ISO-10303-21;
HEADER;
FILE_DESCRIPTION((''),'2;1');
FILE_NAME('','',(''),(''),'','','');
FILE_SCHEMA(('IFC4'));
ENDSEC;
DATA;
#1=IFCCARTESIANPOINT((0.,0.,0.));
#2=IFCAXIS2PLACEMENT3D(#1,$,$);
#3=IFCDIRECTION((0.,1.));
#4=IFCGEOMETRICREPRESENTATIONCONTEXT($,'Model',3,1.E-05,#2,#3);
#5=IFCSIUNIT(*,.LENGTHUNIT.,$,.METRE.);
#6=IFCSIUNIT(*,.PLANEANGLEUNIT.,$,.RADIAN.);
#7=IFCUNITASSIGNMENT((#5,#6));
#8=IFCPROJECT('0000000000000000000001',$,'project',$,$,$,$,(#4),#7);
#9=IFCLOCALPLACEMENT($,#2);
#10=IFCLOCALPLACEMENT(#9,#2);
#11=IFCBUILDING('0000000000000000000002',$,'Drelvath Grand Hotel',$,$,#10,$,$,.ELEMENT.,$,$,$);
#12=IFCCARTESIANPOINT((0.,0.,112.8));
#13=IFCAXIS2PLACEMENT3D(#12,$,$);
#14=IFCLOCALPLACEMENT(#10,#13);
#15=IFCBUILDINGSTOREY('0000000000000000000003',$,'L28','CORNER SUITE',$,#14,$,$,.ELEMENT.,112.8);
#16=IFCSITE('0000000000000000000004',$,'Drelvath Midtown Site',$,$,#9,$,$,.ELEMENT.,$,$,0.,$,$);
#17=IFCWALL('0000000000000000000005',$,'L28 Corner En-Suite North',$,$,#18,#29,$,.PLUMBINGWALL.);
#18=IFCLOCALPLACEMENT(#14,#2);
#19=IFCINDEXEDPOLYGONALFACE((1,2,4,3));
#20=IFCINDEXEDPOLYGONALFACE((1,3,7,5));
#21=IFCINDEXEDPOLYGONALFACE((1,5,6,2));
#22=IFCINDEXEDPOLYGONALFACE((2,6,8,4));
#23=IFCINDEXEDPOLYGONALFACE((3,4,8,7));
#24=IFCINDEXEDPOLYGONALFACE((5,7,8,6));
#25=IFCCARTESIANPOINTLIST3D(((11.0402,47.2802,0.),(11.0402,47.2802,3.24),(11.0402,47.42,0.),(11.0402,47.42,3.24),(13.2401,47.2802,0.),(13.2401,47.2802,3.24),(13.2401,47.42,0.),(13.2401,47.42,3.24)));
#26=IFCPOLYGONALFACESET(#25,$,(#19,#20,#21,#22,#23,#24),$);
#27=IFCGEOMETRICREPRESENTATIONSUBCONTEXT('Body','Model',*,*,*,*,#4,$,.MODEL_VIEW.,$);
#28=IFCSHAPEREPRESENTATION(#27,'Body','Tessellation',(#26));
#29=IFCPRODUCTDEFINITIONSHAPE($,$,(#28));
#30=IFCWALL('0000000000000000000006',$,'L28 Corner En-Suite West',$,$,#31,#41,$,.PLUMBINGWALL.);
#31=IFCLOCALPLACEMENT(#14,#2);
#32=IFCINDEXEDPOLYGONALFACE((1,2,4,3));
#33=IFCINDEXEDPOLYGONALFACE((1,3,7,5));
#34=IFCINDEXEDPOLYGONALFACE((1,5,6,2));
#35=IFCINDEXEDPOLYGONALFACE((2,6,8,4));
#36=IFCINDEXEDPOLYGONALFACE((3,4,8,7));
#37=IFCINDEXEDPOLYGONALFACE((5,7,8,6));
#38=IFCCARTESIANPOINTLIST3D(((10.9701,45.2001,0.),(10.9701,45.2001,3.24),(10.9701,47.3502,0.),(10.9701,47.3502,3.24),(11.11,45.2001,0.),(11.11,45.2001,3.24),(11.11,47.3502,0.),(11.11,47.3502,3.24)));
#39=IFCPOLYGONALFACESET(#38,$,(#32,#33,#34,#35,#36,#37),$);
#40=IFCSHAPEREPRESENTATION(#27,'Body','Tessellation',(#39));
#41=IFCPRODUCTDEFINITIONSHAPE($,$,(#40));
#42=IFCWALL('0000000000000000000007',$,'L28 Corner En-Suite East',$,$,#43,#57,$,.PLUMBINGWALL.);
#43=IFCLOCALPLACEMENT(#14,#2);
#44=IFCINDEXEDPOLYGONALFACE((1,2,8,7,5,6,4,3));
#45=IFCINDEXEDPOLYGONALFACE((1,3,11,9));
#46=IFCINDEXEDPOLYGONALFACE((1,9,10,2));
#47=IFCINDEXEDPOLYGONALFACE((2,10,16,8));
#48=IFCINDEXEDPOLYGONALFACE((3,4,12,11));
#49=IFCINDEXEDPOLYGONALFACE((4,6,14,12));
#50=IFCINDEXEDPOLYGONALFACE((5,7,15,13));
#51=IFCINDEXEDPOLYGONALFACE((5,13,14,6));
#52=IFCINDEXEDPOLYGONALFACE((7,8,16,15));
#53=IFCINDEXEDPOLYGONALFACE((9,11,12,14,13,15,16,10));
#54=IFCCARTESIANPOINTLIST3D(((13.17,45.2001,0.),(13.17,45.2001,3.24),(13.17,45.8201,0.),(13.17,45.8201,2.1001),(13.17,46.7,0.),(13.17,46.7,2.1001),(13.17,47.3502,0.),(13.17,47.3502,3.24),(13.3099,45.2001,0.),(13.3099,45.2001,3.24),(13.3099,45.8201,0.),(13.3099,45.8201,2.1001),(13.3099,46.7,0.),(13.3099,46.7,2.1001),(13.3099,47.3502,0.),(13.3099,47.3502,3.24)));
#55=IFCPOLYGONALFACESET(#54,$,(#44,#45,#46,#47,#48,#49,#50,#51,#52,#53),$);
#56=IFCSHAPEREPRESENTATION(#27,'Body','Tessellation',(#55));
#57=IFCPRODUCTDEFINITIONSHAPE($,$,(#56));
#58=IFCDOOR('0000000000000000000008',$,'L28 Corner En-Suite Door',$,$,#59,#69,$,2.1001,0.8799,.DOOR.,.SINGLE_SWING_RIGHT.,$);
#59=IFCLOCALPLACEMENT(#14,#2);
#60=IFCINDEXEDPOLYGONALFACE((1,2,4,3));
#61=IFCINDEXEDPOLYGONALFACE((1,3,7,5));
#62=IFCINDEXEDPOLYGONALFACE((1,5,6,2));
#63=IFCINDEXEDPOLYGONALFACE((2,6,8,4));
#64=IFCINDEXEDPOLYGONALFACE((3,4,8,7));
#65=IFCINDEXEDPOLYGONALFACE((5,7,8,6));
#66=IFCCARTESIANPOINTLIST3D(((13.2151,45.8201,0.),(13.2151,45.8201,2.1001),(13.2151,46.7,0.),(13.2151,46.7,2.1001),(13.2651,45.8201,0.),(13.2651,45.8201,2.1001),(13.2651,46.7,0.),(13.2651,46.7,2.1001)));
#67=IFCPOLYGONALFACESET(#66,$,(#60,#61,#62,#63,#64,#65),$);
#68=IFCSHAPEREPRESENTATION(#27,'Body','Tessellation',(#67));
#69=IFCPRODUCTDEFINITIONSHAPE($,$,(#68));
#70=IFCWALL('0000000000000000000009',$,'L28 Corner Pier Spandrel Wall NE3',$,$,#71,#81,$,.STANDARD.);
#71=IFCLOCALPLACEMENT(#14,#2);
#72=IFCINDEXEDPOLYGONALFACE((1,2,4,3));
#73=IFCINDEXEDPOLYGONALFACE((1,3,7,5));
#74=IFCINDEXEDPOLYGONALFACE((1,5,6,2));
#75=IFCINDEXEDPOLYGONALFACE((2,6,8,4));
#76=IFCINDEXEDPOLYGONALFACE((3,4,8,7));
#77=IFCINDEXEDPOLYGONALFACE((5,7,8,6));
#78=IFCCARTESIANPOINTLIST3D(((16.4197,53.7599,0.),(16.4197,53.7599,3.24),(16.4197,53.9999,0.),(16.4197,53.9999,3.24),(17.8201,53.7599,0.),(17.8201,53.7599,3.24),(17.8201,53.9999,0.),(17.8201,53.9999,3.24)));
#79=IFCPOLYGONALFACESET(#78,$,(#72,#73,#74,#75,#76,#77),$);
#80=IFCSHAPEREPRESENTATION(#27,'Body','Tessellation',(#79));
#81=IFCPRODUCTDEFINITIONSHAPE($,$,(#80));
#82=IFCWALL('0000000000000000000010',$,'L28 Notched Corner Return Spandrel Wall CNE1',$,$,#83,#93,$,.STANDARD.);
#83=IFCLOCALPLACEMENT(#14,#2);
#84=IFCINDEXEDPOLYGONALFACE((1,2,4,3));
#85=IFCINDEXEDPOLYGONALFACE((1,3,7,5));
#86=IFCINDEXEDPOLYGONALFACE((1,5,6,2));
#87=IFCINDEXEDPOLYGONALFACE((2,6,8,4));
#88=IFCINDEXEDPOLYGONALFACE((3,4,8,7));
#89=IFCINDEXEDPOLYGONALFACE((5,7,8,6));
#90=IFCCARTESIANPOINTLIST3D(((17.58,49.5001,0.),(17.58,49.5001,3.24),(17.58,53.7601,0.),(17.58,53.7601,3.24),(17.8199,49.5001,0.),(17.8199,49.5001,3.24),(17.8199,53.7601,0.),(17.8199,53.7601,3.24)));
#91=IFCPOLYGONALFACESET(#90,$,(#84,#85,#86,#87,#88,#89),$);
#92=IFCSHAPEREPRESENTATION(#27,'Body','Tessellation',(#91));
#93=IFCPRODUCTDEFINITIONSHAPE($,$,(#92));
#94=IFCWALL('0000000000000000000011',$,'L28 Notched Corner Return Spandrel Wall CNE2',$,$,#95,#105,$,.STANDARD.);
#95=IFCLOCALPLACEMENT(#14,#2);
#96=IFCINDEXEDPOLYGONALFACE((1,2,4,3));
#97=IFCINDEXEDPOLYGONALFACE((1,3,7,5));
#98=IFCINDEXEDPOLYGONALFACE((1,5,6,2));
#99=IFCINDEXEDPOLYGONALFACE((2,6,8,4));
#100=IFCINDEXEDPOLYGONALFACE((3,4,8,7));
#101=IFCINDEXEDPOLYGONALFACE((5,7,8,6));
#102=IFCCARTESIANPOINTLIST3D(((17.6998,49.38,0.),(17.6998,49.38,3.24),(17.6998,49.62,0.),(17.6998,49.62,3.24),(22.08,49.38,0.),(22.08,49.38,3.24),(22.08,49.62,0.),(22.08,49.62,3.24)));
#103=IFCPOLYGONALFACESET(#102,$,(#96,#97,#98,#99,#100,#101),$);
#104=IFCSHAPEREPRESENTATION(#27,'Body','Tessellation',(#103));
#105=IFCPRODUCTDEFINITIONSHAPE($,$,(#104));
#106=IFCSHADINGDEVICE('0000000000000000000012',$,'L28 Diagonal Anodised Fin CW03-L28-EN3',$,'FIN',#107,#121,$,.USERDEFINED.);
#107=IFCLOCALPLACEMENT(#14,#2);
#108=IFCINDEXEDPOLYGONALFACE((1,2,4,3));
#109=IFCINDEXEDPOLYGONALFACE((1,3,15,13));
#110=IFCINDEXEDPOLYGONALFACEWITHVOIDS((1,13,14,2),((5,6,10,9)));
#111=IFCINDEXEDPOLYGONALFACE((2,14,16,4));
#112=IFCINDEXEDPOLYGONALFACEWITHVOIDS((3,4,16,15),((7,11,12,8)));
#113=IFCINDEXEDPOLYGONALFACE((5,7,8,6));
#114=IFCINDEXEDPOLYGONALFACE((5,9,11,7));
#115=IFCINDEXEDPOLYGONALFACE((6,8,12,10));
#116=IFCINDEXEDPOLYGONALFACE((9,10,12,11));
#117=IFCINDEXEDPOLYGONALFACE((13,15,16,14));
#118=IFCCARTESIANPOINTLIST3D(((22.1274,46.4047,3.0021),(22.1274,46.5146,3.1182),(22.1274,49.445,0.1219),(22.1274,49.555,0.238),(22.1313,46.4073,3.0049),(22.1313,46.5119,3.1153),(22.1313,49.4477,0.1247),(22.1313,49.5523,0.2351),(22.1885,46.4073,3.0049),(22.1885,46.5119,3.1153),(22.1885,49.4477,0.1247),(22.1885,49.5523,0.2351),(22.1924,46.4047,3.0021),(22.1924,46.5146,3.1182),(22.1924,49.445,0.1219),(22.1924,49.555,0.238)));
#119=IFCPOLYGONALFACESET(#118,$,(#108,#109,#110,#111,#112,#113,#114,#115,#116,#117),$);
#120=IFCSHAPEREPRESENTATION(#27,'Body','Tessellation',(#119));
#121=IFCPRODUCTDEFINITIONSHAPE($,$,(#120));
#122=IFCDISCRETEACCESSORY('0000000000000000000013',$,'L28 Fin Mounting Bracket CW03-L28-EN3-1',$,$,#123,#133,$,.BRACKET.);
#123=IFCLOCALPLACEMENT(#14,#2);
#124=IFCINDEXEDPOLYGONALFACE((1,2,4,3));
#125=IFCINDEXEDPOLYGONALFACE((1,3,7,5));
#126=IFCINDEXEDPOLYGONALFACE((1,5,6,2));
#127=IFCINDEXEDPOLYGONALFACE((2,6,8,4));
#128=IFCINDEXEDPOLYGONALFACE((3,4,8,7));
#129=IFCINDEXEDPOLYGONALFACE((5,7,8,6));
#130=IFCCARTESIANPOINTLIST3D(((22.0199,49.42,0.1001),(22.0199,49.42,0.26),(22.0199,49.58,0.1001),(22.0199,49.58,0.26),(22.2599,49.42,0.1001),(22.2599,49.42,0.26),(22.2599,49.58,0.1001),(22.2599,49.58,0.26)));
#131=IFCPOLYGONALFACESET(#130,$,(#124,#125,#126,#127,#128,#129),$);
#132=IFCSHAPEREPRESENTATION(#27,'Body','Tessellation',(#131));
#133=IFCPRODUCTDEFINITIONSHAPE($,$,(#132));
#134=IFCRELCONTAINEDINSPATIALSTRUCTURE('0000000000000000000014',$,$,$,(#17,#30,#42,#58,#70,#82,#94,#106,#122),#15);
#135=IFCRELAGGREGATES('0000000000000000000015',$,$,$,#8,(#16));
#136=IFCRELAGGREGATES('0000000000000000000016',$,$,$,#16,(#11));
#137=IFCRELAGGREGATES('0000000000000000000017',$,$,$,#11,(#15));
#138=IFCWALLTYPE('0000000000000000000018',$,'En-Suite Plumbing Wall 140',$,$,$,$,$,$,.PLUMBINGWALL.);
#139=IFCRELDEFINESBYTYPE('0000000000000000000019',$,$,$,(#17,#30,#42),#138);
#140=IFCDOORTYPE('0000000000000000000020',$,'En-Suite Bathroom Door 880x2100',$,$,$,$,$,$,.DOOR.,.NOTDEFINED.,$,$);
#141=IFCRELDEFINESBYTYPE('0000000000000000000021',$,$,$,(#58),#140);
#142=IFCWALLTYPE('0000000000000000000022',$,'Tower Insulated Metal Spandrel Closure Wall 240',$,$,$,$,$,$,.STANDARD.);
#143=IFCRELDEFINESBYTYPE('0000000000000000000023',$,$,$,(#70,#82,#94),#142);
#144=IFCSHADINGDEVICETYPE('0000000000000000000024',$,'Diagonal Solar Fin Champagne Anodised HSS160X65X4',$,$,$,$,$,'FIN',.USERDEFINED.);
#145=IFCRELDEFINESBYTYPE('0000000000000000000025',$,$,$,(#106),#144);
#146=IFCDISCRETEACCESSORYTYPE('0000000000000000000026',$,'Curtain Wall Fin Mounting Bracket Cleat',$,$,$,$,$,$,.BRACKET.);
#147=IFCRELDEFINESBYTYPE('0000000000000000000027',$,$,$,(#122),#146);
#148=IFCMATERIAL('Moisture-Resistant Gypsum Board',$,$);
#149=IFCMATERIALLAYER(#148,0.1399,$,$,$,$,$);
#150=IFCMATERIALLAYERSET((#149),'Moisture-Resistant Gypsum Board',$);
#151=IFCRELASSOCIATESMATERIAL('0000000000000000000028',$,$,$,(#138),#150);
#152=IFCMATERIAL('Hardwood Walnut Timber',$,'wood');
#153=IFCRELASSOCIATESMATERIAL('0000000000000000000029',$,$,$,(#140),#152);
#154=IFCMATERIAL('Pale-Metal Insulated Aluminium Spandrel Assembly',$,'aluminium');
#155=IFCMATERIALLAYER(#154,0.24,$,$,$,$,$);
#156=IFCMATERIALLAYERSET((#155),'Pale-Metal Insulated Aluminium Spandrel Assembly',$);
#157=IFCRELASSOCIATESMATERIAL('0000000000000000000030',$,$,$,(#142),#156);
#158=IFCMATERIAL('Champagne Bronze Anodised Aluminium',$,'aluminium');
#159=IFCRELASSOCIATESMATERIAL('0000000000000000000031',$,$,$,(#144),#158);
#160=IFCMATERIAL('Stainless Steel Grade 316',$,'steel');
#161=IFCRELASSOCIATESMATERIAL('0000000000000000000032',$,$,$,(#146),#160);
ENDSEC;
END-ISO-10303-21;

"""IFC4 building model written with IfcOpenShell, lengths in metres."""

from ifc_helpers import new_model, si_unit, direction, frame, frame_2d, origin, origin_2d, place, context, subcontext, project, spatial, rectangle, hollow_rectangle, extrude, material, layer, layer_set, material_profile, profile_set, type_object, element, fill, save


model = new_model("IFC4")

# Units and contexts
model_context = context("Model", 3, precision=1e-05, world=origin(), true_north=direction((0.0, 1.0)))
body_context = subcontext(model_context, "Body", "Model", "MODEL_VIEW")
ifc_project = project(units=[si_unit("LENGTHUNIT", "METRE"), si_unit("PLANEANGLEUNIT", "RADIAN")], contexts=[model_context])

# Site, building, storey
site_placement = place(None, origin())
site = spatial("IfcSite", under=ifc_project, at=site_placement, Name="Drelvath Midtown Site", CompositionType="ELEMENT", RefElevation=0.0)
building_placement = place(site_placement, origin())
building = spatial("IfcBuilding", under=site, at=building_placement, Name="Drelvath Grand Hotel", CompositionType="ELEMENT")
storey_placement = place(building_placement, frame((0.0, 0.0, 112.8)))
storey = spatial("IfcBuildingStorey", under=building, at=storey_placement, Name="L28", Description="CORNER SUITE", CompositionType="ELEMENT", Elevation=112.8)

# Walls
ifc_material_1 = material(Name="Moisture-Resistant Gypsum Board")
ifc_layer_1 = layer(ifc_material_1, 0.1399)
ifc_layer_set_1 = layer_set([ifc_layer_1], Name="Moisture-Resistant Gypsum Board")
wall_type_1 = type_object("IfcWallType", Name="En-Suite Plumbing Wall 140", PredefinedType="PLUMBINGWALL", material=ifc_layer_set_1)
wall_1_placement = place(storey_placement, frame((11.04, 47.3501, 0.0), z_axis=(0.0, 0.0, 1.0), x_axis=(1.0, 0.0, 0.0)))
element("IfcWall", 1, at=wall_1_placement, inside=storey, type_object=wall_type_1, Name="L28 Corner En-Suite North", PredefinedType="PLUMBINGWALL", context=body_context, shape_type="SweptSolid", body=[
    extrude(rectangle(XDim=2.2, YDim=0.1399, at=frame_2d((1.1001, 0.0))), origin(), (0.0, 0.0, 1.0), 3.24),
])
wall_2_placement = place(storey_placement, frame((11.04, 45.2, 0.0), z_axis=(0.0, 0.0, 1.0), x_axis=(0.0, 1.0, 0.0)))
element("IfcWall", 2, at=wall_2_placement, inside=storey, type_object=wall_type_1, Name="L28 Corner En-Suite West", PredefinedType="PLUMBINGWALL", context=body_context, shape_type="SweptSolid", body=[
    extrude(rectangle(XDim=2.1501, YDim=0.1399, at=frame_2d((1.0752, 0.0))), origin(), (0.0, 0.0, 1.0), 3.24),
])

# Wall, opening, door
wall_3_placement = place(storey_placement, frame((13.24, 45.2, 0.0), z_axis=(0.0, 0.0, 1.0), x_axis=(0.0, 1.0, 0.0)))
wall_3 = element("IfcWall", 3, at=wall_3_placement, inside=storey, type_object=wall_type_1, Name="L28 Corner En-Suite East", PredefinedType="PLUMBINGWALL", context=body_context, shape_type="SweptSolid", body=[
    extrude(rectangle(XDim=2.1501, YDim=0.1399, at=frame_2d((1.0752, 0.0))), origin(), (0.0, 0.0, 1.0), 3.24),
])
opening_placement = place(wall_3_placement, frame((0.6201, 0.0, 0.0)))
opening = element("IfcOpeningElement", 4, at=opening_placement, cuts=wall_3, PredefinedType="OPENING", context=body_context, shape_type="SweptSolid", body=[
    extrude(rectangle(XDim=0.8799, YDim=2.1001, at=frame_2d((0.4399, 1.05))), frame((0.0, 0.0798, 0.0), z_axis=(0.0, -1.0, 0.0), x_axis=(1.0, 0.0, 0.0)), (0.0, 0.0, 1.0), 0.1599),
])
ifc_material_2 = material(Name="Hardwood Walnut Timber", Category="wood")
door_type = type_object("IfcDoorType", Name="En-Suite Bathroom Door 880x2100", OperationType="NOTDEFINED", PredefinedType="DOOR", material=ifc_material_2)
door_placement = place(opening_placement, origin())
door = element("IfcDoor", 5, at=door_placement, inside=storey, type_object=door_type, Name="L28 Corner En-Suite Door", OperationType="SINGLE_SWING_RIGHT", OverallHeight=2.1001, OverallWidth=0.8799, PredefinedType="DOOR", context=body_context, shape_type="SweptSolid", body=[
    extrude(rectangle(XDim=0.8799, YDim=2.1001, at=frame_2d((0.4399, 1.05))), frame((0.0, 0.0249, 0.0), z_axis=(0.0, -1.0, 0.0), x_axis=(1.0, 0.0, 0.0)), (0.0, 0.0, 1.0), 0.05),
])
fill(opening, door)

# Walls
ifc_material_3 = material(Name="Pale-Metal Insulated Aluminium Spandrel Assembly", Category="aluminium")
ifc_layer_2 = layer(ifc_material_3, 0.24)
ifc_layer_set_2 = layer_set([ifc_layer_2], Name="Pale-Metal Insulated Aluminium Spandrel Assembly")
wall_type_2 = type_object("IfcWallType", Name="Tower Insulated Metal Spandrel Closure Wall 240", PredefinedType="STANDARD", material=ifc_layer_set_2)
wall_4_placement = place(storey_placement, frame((16.4197, 53.8799, 0.0), z_axis=(0.0, 0.0, 1.0), x_axis=(1.0, 0.0, 0.0)))
element("IfcWall", 6, at=wall_4_placement, inside=storey, type_object=wall_type_2, Name="L28 Corner Pier Spandrel Wall NE3", PredefinedType="STANDARD", context=body_context, shape_type="SweptSolid", body=[
    extrude(rectangle(XDim=1.4004, YDim=0.24, at=frame_2d((0.7002, 0.0))), origin(), (0.0, 0.0, 1.0), 3.24),
])
wall_5_placement = place(storey_placement, frame((17.7, 53.76, 0.0), z_axis=(0.0, 0.0, 1.0), x_axis=(0.0, -1.0, 0.0)))
element("IfcWall", 7, at=wall_5_placement, inside=storey, type_object=wall_type_2, Name="L28 Notched Corner Return Spandrel Wall CNE1", PredefinedType="STANDARD", context=body_context, shape_type="SweptSolid", body=[
    extrude(rectangle(XDim=4.26, YDim=0.24, at=frame_2d((2.1299, 0.0))), origin(), (0.0, 0.0, 1.0), 3.24),
])
wall_6_placement = place(storey_placement, frame((17.7, 49.5, 0.0), z_axis=(0.0, 0.0, 1.0), x_axis=(1.0, 0.0, 0.0)))
element("IfcWall", 8, at=wall_6_placement, inside=storey, type_object=wall_type_2, Name="L28 Notched Corner Return Spandrel Wall CNE2", PredefinedType="STANDARD", context=body_context, shape_type="SweptSolid", body=[
    extrude(rectangle(XDim=4.3801, YDim=0.24, at=frame_2d((2.1899, 0.0))), origin(), (0.0, 0.0, 1.0), 3.24),
])

# Shading device
ifc_material_4 = material(Name="Champagne Bronze Anodised Aluminium", Category="aluminium")
ifc_material_profile_1 = material_profile(ifc_material_4, hollow_rectangle(XDim=0.0649, YDim=0.1599, WallThickness=0.0039, at=origin_2d()), Name="HSS160X65X4")
ifc_profile_set_1 = profile_set([ifc_material_profile_1], Name="Champagne Bronze Anodised Aluminium")
shading_device_type = type_object("IfcShadingDeviceType", Name="Diagonal Solar Fin Champagne Anodised HSS160X65X4", ElementType="FIN", PredefinedType="USERDEFINED", material=ifc_profile_set_1)
shading_device_placement = place(storey_placement, frame((22.1599, 49.5, 0.1799), z_axis=(0.0, -0.72597, 0.687727), x_axis=(1.0, 0.0, 0.0)))
element("IfcShadingDevice", 9, at=shading_device_placement, inside=storey, type_object=shading_device_type, Name="L28 Diagonal Anodised Fin CW03-L28-EN3", ObjectType="FIN", PredefinedType="USERDEFINED", context=body_context, shape_type="SweptSolid", body=[
    extrude(hollow_rectangle(XDim=0.0649, YDim=0.1599, WallThickness=0.0039, at=origin_2d()), origin(), (0.0, 0.0, 1.0), 4.188),
])

# Discrete accessory
ifc_material_5 = material(Name="Stainless Steel Grade 316", Category="steel")
discrete_accessory_type = type_object("IfcDiscreteAccessoryType", Name="Curtain Wall Fin Mounting Bracket Cleat", PredefinedType="BRACKET", material=ifc_material_5)
discrete_accessory_placement = place(storey_placement, frame((22.1399, 49.5, 0.1001), z_axis=(0.0, 0.0, 1.0), x_axis=(0.0, -1.0, 0.0)))
element("IfcDiscreteAccessory", 10, at=discrete_accessory_placement, inside=storey, type_object=discrete_accessory_type, Name="L28 Fin Mounting Bracket CW03-L28-EN3-1", PredefinedType="BRACKET", context=body_context, shape_type="SweptSolid", body=[
    extrude(rectangle(XDim=0.1599, YDim=0.24, at=origin_2d()), origin(), (0.0, 0.0, 1.0), 0.1599),
])

save(model, "model.ifc")
